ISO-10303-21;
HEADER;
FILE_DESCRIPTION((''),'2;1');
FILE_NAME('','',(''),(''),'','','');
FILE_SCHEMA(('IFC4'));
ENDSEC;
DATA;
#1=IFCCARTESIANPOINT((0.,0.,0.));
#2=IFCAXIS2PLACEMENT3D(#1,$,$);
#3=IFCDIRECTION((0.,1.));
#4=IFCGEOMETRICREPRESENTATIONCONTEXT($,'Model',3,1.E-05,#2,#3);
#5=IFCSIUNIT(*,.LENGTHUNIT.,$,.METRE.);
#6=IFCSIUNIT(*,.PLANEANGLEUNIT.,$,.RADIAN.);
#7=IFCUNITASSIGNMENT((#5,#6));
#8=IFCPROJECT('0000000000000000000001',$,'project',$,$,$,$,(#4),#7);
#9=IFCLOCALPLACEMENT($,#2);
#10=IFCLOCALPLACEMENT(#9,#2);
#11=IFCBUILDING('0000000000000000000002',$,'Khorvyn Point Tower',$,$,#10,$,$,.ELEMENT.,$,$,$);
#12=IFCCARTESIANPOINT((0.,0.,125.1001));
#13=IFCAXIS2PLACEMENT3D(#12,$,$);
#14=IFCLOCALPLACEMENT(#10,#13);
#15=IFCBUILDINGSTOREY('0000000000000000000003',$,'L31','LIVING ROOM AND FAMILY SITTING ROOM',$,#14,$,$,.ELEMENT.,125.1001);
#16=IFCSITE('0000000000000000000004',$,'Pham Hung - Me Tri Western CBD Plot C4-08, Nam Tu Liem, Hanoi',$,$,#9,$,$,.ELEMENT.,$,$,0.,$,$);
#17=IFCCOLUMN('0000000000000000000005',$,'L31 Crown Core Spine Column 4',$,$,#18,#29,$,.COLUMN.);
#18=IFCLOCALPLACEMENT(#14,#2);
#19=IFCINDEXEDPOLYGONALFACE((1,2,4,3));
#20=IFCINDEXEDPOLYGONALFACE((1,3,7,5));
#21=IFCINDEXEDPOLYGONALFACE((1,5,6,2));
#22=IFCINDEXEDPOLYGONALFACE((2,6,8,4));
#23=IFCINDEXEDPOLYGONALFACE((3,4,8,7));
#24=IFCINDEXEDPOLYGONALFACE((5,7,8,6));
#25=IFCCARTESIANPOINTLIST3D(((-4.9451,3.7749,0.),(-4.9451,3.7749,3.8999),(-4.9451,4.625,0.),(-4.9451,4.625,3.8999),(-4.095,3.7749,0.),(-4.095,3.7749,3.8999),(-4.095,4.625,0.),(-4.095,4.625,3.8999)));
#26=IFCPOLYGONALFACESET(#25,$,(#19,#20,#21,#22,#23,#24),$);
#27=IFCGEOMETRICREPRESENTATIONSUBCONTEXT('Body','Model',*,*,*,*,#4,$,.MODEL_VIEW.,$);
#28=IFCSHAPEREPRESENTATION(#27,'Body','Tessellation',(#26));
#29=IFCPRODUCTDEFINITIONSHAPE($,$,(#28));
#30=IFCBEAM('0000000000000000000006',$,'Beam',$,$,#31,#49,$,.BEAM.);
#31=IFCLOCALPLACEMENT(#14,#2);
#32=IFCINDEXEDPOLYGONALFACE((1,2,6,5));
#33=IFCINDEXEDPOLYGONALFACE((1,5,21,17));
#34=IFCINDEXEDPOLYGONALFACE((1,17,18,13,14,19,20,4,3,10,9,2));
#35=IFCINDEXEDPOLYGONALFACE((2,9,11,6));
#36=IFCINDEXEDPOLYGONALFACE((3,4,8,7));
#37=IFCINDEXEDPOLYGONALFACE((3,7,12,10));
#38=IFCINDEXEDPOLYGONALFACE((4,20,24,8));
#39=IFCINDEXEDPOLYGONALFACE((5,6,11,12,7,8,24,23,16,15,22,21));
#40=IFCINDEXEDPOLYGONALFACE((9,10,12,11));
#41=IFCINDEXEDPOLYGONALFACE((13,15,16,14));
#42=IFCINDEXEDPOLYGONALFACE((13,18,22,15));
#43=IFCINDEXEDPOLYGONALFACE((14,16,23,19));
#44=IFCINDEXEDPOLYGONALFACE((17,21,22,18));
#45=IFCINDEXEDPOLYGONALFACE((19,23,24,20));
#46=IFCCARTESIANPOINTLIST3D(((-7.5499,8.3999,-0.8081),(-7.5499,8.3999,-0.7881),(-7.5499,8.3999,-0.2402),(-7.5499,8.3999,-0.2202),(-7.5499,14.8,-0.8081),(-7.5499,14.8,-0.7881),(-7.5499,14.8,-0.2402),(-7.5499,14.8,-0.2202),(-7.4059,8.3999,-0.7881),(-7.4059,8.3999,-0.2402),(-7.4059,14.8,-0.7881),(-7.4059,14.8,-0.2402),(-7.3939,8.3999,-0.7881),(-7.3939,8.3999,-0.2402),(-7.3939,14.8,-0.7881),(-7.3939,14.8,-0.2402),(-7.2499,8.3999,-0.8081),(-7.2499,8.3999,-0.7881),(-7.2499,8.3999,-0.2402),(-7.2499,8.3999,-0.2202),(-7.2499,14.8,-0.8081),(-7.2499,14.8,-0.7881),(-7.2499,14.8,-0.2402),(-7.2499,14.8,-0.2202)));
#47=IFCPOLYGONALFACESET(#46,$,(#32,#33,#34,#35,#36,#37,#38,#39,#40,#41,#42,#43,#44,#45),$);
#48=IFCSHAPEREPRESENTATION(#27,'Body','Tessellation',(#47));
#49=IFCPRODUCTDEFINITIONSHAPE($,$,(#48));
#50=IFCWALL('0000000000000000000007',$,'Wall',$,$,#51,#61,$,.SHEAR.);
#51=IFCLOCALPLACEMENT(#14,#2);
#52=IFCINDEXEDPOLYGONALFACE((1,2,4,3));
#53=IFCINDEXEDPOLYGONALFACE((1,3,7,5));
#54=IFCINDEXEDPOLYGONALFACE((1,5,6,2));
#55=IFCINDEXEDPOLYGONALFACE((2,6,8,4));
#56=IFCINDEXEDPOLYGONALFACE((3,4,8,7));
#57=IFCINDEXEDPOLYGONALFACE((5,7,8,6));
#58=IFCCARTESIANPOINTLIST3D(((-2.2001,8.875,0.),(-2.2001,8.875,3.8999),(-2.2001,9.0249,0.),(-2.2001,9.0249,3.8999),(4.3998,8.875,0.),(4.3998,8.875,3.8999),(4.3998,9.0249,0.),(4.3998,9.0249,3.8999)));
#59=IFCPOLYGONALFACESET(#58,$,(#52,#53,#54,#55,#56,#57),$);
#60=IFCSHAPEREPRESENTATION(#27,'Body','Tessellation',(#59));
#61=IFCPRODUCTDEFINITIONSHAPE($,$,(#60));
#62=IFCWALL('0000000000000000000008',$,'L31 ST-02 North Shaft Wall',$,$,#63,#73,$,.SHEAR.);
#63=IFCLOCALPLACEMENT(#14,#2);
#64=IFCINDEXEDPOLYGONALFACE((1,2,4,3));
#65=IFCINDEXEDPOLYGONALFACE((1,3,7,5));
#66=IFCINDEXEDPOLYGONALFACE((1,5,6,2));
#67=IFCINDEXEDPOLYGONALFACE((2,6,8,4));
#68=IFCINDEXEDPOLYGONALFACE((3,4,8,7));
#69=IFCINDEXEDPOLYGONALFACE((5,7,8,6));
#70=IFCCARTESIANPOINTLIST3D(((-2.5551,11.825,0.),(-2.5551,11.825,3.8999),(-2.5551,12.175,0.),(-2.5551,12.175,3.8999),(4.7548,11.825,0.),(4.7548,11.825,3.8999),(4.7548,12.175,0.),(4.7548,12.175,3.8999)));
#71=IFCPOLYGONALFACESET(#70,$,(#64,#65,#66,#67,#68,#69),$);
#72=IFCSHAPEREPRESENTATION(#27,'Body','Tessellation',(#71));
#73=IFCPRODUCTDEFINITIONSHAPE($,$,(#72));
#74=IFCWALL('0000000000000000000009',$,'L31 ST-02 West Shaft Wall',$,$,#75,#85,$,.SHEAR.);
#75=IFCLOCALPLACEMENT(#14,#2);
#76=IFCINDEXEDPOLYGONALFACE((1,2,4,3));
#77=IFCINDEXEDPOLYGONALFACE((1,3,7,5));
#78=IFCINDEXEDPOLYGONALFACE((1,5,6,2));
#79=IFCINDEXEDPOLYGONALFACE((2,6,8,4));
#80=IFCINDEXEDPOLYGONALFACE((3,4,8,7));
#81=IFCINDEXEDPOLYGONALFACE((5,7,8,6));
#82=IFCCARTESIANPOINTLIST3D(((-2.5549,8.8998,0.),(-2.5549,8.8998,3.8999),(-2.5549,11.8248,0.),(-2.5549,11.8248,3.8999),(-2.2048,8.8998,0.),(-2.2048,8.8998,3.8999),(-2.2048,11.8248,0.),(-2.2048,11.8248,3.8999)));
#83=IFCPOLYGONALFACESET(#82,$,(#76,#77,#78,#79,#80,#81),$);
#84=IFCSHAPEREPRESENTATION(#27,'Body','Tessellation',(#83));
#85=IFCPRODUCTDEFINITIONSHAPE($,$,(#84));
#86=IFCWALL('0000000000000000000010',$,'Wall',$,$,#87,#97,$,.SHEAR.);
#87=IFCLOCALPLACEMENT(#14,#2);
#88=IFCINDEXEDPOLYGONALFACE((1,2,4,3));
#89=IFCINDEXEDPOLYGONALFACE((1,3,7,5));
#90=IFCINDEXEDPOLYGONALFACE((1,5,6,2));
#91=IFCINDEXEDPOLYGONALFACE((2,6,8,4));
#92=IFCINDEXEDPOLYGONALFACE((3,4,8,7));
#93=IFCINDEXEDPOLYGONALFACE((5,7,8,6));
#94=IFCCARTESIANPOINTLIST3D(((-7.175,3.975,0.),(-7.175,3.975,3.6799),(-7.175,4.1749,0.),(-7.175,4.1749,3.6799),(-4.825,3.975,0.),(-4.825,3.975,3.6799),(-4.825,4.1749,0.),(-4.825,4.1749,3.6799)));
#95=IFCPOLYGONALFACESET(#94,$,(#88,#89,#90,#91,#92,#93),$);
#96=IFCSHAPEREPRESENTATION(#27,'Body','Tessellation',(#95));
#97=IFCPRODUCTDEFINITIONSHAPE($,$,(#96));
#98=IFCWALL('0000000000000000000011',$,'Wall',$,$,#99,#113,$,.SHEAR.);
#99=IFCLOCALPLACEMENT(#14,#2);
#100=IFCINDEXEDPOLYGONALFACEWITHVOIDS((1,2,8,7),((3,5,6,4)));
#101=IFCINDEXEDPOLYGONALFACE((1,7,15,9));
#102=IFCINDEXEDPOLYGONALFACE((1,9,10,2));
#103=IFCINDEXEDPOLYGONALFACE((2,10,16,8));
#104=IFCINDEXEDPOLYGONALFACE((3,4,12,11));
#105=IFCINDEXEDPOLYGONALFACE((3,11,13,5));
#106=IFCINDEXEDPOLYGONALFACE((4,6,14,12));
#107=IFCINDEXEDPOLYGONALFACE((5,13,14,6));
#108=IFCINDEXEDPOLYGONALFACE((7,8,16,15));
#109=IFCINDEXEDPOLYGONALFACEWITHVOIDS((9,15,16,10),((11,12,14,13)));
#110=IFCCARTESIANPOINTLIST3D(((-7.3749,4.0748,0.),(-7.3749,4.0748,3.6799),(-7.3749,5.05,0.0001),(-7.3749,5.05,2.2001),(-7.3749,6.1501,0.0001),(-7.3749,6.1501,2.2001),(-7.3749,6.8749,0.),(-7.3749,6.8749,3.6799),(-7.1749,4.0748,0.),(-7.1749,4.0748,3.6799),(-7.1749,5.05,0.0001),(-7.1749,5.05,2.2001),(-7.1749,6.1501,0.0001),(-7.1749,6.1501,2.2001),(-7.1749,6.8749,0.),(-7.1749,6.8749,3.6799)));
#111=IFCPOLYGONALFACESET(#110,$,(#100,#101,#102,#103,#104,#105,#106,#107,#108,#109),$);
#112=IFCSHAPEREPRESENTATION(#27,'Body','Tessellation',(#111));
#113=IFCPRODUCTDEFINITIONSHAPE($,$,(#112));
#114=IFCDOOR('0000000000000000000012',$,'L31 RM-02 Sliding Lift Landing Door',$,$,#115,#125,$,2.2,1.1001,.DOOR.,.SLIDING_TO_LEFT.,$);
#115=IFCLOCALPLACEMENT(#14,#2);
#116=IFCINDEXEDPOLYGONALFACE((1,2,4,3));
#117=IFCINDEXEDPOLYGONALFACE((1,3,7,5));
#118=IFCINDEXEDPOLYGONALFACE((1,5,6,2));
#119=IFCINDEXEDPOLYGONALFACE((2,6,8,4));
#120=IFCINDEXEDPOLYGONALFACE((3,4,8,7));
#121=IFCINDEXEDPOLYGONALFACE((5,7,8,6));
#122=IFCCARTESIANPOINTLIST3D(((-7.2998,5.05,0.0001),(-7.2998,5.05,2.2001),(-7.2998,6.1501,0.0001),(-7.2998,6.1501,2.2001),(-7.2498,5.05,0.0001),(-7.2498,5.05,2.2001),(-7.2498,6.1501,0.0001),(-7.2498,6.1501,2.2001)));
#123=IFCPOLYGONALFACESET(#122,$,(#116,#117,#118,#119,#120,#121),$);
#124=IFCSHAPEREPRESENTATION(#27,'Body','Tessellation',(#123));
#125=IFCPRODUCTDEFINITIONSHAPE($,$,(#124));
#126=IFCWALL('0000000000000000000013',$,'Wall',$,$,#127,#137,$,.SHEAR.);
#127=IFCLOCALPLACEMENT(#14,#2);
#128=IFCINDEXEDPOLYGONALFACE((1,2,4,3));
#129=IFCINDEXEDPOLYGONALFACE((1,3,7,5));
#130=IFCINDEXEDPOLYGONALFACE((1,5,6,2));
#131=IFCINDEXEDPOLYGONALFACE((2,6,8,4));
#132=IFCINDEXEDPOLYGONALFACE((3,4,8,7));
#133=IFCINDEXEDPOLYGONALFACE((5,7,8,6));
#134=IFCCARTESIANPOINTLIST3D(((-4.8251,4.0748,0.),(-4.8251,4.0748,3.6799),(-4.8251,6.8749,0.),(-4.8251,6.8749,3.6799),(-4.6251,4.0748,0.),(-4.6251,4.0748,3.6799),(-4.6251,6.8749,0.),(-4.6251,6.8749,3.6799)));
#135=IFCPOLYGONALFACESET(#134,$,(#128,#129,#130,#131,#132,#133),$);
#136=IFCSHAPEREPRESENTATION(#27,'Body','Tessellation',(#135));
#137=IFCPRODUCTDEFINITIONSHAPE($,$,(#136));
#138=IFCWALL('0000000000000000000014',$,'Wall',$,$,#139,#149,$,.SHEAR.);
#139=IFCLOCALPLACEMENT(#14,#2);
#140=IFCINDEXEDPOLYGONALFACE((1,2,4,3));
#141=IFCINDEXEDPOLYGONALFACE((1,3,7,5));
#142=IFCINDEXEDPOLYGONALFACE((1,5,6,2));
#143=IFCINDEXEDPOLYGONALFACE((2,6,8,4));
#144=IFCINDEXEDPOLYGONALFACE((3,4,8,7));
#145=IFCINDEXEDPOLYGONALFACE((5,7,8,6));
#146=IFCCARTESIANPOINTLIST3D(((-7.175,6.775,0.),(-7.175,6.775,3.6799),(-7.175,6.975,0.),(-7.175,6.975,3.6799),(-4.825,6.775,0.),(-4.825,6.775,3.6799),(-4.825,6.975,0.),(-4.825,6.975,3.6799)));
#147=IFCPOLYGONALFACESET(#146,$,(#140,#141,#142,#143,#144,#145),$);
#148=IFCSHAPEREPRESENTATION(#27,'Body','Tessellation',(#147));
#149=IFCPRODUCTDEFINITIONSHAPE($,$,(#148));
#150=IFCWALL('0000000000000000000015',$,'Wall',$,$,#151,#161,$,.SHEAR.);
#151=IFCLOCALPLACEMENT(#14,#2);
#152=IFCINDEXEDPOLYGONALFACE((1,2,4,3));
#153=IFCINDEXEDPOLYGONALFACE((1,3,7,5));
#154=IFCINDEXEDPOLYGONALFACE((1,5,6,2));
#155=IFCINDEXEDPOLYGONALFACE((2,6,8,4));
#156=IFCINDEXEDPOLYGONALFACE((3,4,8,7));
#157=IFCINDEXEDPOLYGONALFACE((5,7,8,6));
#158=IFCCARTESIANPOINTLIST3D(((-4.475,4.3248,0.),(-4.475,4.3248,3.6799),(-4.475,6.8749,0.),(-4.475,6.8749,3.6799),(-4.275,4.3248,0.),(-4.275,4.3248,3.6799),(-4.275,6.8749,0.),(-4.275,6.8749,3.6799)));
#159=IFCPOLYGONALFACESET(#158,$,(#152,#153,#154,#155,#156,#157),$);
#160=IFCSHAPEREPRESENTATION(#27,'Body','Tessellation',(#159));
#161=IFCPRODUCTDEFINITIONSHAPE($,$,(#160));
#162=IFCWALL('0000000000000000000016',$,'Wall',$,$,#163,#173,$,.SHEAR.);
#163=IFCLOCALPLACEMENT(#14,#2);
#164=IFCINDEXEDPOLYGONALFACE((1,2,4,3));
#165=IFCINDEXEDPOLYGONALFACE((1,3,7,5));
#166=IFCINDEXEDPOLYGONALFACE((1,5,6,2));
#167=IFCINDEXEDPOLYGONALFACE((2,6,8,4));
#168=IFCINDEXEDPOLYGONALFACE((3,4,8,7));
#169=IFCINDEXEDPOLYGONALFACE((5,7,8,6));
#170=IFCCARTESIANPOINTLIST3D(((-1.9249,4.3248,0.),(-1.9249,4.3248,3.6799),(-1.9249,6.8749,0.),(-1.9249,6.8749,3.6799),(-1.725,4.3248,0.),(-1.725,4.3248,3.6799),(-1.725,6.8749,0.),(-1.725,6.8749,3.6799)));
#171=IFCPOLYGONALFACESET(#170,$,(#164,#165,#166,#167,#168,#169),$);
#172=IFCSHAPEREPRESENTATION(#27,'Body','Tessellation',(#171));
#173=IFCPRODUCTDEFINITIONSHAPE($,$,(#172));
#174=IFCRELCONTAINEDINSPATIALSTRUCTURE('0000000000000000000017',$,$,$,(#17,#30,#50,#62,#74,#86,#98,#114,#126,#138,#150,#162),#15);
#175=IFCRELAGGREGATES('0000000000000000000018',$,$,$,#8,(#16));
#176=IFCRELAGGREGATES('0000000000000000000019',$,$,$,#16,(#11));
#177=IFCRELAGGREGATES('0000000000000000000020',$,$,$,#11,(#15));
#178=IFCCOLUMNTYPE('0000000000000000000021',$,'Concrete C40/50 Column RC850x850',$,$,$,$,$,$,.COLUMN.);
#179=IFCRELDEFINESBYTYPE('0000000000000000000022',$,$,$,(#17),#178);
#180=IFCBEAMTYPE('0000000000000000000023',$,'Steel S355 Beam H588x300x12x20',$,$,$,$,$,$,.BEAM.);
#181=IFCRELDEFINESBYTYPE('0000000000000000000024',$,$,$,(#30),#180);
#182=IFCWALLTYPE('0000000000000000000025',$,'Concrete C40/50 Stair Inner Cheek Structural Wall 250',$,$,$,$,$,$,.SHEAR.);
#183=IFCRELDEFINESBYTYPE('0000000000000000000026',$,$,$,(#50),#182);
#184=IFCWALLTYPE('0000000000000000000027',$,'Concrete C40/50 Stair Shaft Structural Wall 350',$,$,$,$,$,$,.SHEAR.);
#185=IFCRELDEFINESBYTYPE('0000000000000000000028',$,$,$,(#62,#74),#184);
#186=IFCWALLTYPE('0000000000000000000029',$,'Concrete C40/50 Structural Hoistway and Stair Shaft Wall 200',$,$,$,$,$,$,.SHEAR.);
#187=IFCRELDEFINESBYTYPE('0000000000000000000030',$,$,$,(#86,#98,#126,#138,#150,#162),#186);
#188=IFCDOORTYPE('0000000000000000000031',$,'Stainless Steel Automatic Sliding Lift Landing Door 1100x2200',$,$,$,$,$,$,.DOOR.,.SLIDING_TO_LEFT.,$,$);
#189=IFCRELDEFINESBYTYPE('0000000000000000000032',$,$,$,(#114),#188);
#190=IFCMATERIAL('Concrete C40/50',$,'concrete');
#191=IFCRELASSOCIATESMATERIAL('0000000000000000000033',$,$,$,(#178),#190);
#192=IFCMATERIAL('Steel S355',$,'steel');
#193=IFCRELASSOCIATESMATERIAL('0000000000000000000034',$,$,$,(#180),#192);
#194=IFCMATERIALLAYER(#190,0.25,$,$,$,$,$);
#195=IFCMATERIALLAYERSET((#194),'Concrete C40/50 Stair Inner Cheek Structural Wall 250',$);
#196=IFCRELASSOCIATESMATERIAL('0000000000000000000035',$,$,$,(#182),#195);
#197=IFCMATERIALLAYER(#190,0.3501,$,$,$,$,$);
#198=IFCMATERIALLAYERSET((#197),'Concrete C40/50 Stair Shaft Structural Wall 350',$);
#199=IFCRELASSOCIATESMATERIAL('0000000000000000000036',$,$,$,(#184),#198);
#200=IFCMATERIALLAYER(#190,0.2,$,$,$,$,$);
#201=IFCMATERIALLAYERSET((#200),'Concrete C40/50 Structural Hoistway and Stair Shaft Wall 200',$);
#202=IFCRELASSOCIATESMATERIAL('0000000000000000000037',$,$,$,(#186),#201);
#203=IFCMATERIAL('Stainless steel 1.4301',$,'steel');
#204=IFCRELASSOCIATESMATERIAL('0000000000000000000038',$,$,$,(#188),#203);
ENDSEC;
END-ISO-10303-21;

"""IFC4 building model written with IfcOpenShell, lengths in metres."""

from ifc_helpers import new_model, si_unit, direction, frame, frame_2d, origin, origin_2d, place, context, subcontext, project, spatial, rectangle, i_section, extrude, material, layer, layer_set, material_profile, profile_set, type_object, element, fill, save


model = new_model("IFC4")

# Units and contexts
model_context = context("Model", 3, precision=1e-05, world=origin(), true_north=direction((0.0, 1.0)))
body_context = subcontext(model_context, "Body", "Model", "MODEL_VIEW")
ifc_project = project(units=[si_unit("LENGTHUNIT", "METRE"), si_unit("PLANEANGLEUNIT", "RADIAN")], contexts=[model_context])

# Site, building, storey
site_placement = place(None, origin())
site = spatial("IfcSite", under=ifc_project, at=site_placement, Name="Pham Hung - Me Tri Western CBD Plot C4-08, Nam Tu Liem, Hanoi", CompositionType="ELEMENT", RefElevation=0.0)
building_placement = place(site_placement, origin())
building = spatial("IfcBuilding", under=site, at=building_placement, Name="Khorvyn Point Tower", CompositionType="ELEMENT")
storey_placement = place(building_placement, frame((0.0, 0.0, 125.1001)))
storey = spatial("IfcBuildingStorey", under=building, at=storey_placement, Name="L31", Description="LIVING ROOM AND FAMILY SITTING ROOM", CompositionType="ELEMENT", Elevation=125.1001)

# Column
ifc_material_1 = material(Name="Concrete C40/50", Category="concrete")
ifc_material_profile_1 = material_profile(ifc_material_1, rectangle(XDim=0.8501, YDim=0.8501, at=origin_2d()))
ifc_profile_set_1 = profile_set([ifc_material_profile_1], Name="Concrete C40/50 RC850x850")
column_type = type_object("IfcColumnType", Name="Concrete C40/50 Column RC850x850", PredefinedType="COLUMN", material=ifc_profile_set_1)
column_placement = place(storey_placement, frame((-4.52, 4.2, 0.0), z_axis=(0.0, 0.0, 1.0), x_axis=(1.0, 0.0, 0.0)))
element("IfcColumn", 1, at=column_placement, inside=storey, type_object=column_type, Name="L31 Crown Core Spine Column 4", PredefinedType="COLUMN", context=body_context, shape_type="SweptSolid", body=[
    extrude(rectangle(XDim=0.8501, YDim=0.8501, at=origin_2d()), origin(), (0.0, 0.0, 1.0), 3.8999),
])

# Beam
ifc_material_2 = material(Name="Steel S355", Category="steel")
ifc_material_profile_2 = material_profile(ifc_material_2, i_section(OverallWidth=0.3, OverallDepth=0.5879, WebThickness=0.012, FlangeThickness=0.02, at=origin_2d()))
ifc_profile_set_2 = profile_set([ifc_material_profile_2], Name="Steel S355 H588x300x12x20")
beam_type = type_object("IfcBeamType", Name="Steel S355 Beam H588x300x12x20", PredefinedType="BEAM", material=ifc_profile_set_2)
beam_placement = place(storey_placement, frame((-7.3999, 8.3999, -0.5142), z_axis=(0.0, 1.0, 0.0), x_axis=(-1.0, 0.0, 0.0)))
element("IfcBeam", 2, at=beam_placement, inside=storey, type_object=beam_type, Name="Beam", PredefinedType="BEAM", context=body_context, shape_type="SweptSolid", body=[
    extrude(i_section(OverallWidth=0.3, OverallDepth=0.5879, WebThickness=0.012, FlangeThickness=0.02, at=origin_2d()), origin(), (0.0, 0.0, 1.0), 6.4001),
])

# Walls
ifc_layer_1 = layer(ifc_material_1, 0.25)
ifc_layer_set_1 = layer_set([ifc_layer_1], Name="Concrete C40/50 Stair Inner Cheek Structural Wall 250")
wall_type_1 = type_object("IfcWallType", Name="Concrete C40/50 Stair Inner Cheek Structural Wall 250", PredefinedType="SHEAR", material=ifc_layer_set_1)
wall_1_placement = place(storey_placement, frame((-2.2, 8.95, 0.0), z_axis=(0.0, 0.0, 1.0), x_axis=(1.0, 0.0, 0.0)))
element("IfcWall", 3, at=wall_1_placement, inside=storey, type_object=wall_type_1, Name="Wall", PredefinedType="SHEAR", context=body_context, shape_type="SweptSolid", body=[
    extrude(rectangle(XDim=6.5999, YDim=0.1499, at=frame_2d((3.2998, 0.0))), origin(), (0.0, 0.0, 1.0), 3.8999),
])
ifc_layer_2 = layer(ifc_material_1, 0.3501)
ifc_layer_set_2 = layer_set([ifc_layer_2], Name="Concrete C40/50 Stair Shaft Structural Wall 350")
wall_type_2 = type_object("IfcWallType", Name="Concrete C40/50 Stair Shaft Structural Wall 350", PredefinedType="SHEAR", material=ifc_layer_set_2)
wall_2_placement = place(storey_placement, frame((-2.5549, 12.0, 0.0), z_axis=(0.0, 0.0, 1.0), x_axis=(1.0, 0.0, 0.0)))
element("IfcWall", 4, at=wall_2_placement, inside=storey, type_object=wall_type_2, Name="L31 ST-02 North Shaft Wall", PredefinedType="SHEAR", context=body_context, shape_type="SweptSolid", body=[
    extrude(rectangle(XDim=7.3098, YDim=0.3501, at=frame_2d((3.6548, 0.0))), origin(), (0.0, 0.0, 1.0), 3.8999),
])
wall_3_placement = place(storey_placement, frame((-2.3799, 8.8999, 0.0), z_axis=(0.0, 0.0, 1.0), x_axis=(0.0, 1.0, 0.0)))
element("IfcWall", 5, at=wall_3_placement, inside=storey, type_object=wall_type_2, Name="L31 ST-02 West Shaft Wall", PredefinedType="SHEAR", context=body_context, shape_type="SweptSolid", body=[
    extrude(rectangle(XDim=2.925, YDim=0.3501, at=frame_2d((1.4624, 0.0))), origin(), (0.0, 0.0, 1.0), 3.8999),
])
ifc_layer_3 = layer(ifc_material_1, 0.2)
ifc_layer_set_3 = layer_set([ifc_layer_3], Name="Concrete C40/50 Structural Hoistway and Stair Shaft Wall 200")
wall_type_3 = type_object("IfcWallType", Name="Concrete C40/50 Structural Hoistway and Stair Shaft Wall 200", PredefinedType="SHEAR", material=ifc_layer_set_3)
wall_4_placement = place(storey_placement, frame((-7.175, 4.075, 0.0), z_axis=(0.0, 0.0, 1.0), x_axis=(1.0, 0.0, 0.0)))
element("IfcWall", 6, at=wall_4_placement, inside=storey, type_object=wall_type_3, Name="Wall", PredefinedType="SHEAR", context=body_context, shape_type="SweptSolid", body=[
    extrude(rectangle(XDim=2.3501, YDim=0.2, at=frame_2d((1.175, 0.0))), origin(), (0.0, 0.0, 1.0), 3.6799),
])

# Wall, opening, door
wall_5_placement = place(storey_placement, frame((-7.2749, 4.075, 0.0), z_axis=(0.0, 0.0, 1.0), x_axis=(0.0, 1.0, 0.0)))
wall_5 = element("IfcWall", 7, at=wall_5_placement, inside=storey, type_object=wall_type_3, Name="Wall", PredefinedType="SHEAR", context=body_context, shape_type="SweptSolid", body=[
    extrude(rectangle(XDim=2.8, YDim=0.2, at=frame_2d((1.3999, 0.0))), origin(), (0.0, 0.0, 1.0), 3.6799),
])
opening_1_placement = place(wall_5_placement, frame((0.9751, 0.0, 0.0)))
opening_1 = element("IfcOpeningElement", 8, at=opening_1_placement, cuts=wall_5, PredefinedType="OPENING", context=body_context, shape_type="SweptSolid", body=[
    extrude(rectangle(XDim=1.1001, YDim=2.2, at=frame_2d((0.55, 1.1001))), frame((0.0, 0.1099, 0.0), z_axis=(0.0, -1.0, 0.0), x_axis=(1.0, 0.0, 0.0)), (0.0, 0.0, 1.0), 0.22),
])
ifc_material_3 = material(Name="Stainless steel 1.4301", Category="steel")
door_type_1 = type_object("IfcDoorType", Name="Stainless Steel Automatic Sliding Lift Landing Door 1100x2200", OperationType="SLIDING_TO_LEFT", PredefinedType="DOOR", material=ifc_material_3)
door_1_placement = place(opening_1_placement, origin())
door_1 = element("IfcDoor", 9, at=door_1_placement, inside=storey, type_object=door_type_1, Name="L31 RM-02 Sliding Lift Landing Door", OperationType="SLIDING_TO_LEFT", OverallHeight=2.2, OverallWidth=1.1001, PredefinedType="DOOR", context=body_context, shape_type="SweptSolid", body=[
    extrude(rectangle(XDim=1.1001, YDim=2.2, at=frame_2d((0.55, 1.1001))), frame((0.0, 0.0249, 0.0), z_axis=(0.0, -1.0, 0.0), x_axis=(1.0, 0.0, 0.0)), (0.0, 0.0, 1.0), 0.05),
])
fill(opening_1, door_1)

# Walls
wall_6_placement = place(storey_placement, frame((-4.7251, 4.075, 0.0), z_axis=(0.0, 0.0, 1.0), x_axis=(0.0, 1.0, 0.0)))
element("IfcWall", 10, at=wall_6_placement, inside=storey, type_object=wall_type_3, Name="Wall", PredefinedType="SHEAR", context=body_context, shape_type="SweptSolid", body=[
    extrude(rectangle(XDim=2.8, YDim=0.2, at=frame_2d((1.3999, 0.0))), origin(), (0.0, 0.0, 1.0), 3.6799),
])
wall_7_placement = place(storey_placement, frame((-7.175, 6.875, 0.0), z_axis=(0.0, 0.0, 1.0), x_axis=(1.0, 0.0, 0.0)))
element("IfcWall", 11, at=wall_7_placement, inside=storey, type_object=wall_type_3, Name="Wall", PredefinedType="SHEAR", context=body_context, shape_type="SweptSolid", body=[
    extrude(rectangle(XDim=2.3501, YDim=0.2, at=frame_2d((1.175, 0.0))), origin(), (0.0, 0.0, 1.0), 3.6799),
])
for number, where, z_axis, x_axis, name in (
    (12, (-4.375, 4.325, 0.0), (0.0, 0.0, 1.0), (0.0, 1.0, 0.0), "Wall"),
    (13, (-1.825, 4.325, 0.0), (0.0, 0.0, 1.0), (0.0, 1.0, 0.0), "Wall"),
):
    element("IfcWall", number, at=place(storey_placement, frame(where, z_axis=z_axis, x_axis=x_axis)), inside=storey, type_object=wall_type_3, Name=name, PredefinedType="SHEAR", context=body_context, shape_type="SweptSolid", body=[
        extrude(rectangle(XDim=2.55, YDim=0.2, at=frame_2d((1.2749, 0.0))), origin(), (0.0, 0.0, 1.0), 3.6799),
    ])

save(model, "model.ifc")
